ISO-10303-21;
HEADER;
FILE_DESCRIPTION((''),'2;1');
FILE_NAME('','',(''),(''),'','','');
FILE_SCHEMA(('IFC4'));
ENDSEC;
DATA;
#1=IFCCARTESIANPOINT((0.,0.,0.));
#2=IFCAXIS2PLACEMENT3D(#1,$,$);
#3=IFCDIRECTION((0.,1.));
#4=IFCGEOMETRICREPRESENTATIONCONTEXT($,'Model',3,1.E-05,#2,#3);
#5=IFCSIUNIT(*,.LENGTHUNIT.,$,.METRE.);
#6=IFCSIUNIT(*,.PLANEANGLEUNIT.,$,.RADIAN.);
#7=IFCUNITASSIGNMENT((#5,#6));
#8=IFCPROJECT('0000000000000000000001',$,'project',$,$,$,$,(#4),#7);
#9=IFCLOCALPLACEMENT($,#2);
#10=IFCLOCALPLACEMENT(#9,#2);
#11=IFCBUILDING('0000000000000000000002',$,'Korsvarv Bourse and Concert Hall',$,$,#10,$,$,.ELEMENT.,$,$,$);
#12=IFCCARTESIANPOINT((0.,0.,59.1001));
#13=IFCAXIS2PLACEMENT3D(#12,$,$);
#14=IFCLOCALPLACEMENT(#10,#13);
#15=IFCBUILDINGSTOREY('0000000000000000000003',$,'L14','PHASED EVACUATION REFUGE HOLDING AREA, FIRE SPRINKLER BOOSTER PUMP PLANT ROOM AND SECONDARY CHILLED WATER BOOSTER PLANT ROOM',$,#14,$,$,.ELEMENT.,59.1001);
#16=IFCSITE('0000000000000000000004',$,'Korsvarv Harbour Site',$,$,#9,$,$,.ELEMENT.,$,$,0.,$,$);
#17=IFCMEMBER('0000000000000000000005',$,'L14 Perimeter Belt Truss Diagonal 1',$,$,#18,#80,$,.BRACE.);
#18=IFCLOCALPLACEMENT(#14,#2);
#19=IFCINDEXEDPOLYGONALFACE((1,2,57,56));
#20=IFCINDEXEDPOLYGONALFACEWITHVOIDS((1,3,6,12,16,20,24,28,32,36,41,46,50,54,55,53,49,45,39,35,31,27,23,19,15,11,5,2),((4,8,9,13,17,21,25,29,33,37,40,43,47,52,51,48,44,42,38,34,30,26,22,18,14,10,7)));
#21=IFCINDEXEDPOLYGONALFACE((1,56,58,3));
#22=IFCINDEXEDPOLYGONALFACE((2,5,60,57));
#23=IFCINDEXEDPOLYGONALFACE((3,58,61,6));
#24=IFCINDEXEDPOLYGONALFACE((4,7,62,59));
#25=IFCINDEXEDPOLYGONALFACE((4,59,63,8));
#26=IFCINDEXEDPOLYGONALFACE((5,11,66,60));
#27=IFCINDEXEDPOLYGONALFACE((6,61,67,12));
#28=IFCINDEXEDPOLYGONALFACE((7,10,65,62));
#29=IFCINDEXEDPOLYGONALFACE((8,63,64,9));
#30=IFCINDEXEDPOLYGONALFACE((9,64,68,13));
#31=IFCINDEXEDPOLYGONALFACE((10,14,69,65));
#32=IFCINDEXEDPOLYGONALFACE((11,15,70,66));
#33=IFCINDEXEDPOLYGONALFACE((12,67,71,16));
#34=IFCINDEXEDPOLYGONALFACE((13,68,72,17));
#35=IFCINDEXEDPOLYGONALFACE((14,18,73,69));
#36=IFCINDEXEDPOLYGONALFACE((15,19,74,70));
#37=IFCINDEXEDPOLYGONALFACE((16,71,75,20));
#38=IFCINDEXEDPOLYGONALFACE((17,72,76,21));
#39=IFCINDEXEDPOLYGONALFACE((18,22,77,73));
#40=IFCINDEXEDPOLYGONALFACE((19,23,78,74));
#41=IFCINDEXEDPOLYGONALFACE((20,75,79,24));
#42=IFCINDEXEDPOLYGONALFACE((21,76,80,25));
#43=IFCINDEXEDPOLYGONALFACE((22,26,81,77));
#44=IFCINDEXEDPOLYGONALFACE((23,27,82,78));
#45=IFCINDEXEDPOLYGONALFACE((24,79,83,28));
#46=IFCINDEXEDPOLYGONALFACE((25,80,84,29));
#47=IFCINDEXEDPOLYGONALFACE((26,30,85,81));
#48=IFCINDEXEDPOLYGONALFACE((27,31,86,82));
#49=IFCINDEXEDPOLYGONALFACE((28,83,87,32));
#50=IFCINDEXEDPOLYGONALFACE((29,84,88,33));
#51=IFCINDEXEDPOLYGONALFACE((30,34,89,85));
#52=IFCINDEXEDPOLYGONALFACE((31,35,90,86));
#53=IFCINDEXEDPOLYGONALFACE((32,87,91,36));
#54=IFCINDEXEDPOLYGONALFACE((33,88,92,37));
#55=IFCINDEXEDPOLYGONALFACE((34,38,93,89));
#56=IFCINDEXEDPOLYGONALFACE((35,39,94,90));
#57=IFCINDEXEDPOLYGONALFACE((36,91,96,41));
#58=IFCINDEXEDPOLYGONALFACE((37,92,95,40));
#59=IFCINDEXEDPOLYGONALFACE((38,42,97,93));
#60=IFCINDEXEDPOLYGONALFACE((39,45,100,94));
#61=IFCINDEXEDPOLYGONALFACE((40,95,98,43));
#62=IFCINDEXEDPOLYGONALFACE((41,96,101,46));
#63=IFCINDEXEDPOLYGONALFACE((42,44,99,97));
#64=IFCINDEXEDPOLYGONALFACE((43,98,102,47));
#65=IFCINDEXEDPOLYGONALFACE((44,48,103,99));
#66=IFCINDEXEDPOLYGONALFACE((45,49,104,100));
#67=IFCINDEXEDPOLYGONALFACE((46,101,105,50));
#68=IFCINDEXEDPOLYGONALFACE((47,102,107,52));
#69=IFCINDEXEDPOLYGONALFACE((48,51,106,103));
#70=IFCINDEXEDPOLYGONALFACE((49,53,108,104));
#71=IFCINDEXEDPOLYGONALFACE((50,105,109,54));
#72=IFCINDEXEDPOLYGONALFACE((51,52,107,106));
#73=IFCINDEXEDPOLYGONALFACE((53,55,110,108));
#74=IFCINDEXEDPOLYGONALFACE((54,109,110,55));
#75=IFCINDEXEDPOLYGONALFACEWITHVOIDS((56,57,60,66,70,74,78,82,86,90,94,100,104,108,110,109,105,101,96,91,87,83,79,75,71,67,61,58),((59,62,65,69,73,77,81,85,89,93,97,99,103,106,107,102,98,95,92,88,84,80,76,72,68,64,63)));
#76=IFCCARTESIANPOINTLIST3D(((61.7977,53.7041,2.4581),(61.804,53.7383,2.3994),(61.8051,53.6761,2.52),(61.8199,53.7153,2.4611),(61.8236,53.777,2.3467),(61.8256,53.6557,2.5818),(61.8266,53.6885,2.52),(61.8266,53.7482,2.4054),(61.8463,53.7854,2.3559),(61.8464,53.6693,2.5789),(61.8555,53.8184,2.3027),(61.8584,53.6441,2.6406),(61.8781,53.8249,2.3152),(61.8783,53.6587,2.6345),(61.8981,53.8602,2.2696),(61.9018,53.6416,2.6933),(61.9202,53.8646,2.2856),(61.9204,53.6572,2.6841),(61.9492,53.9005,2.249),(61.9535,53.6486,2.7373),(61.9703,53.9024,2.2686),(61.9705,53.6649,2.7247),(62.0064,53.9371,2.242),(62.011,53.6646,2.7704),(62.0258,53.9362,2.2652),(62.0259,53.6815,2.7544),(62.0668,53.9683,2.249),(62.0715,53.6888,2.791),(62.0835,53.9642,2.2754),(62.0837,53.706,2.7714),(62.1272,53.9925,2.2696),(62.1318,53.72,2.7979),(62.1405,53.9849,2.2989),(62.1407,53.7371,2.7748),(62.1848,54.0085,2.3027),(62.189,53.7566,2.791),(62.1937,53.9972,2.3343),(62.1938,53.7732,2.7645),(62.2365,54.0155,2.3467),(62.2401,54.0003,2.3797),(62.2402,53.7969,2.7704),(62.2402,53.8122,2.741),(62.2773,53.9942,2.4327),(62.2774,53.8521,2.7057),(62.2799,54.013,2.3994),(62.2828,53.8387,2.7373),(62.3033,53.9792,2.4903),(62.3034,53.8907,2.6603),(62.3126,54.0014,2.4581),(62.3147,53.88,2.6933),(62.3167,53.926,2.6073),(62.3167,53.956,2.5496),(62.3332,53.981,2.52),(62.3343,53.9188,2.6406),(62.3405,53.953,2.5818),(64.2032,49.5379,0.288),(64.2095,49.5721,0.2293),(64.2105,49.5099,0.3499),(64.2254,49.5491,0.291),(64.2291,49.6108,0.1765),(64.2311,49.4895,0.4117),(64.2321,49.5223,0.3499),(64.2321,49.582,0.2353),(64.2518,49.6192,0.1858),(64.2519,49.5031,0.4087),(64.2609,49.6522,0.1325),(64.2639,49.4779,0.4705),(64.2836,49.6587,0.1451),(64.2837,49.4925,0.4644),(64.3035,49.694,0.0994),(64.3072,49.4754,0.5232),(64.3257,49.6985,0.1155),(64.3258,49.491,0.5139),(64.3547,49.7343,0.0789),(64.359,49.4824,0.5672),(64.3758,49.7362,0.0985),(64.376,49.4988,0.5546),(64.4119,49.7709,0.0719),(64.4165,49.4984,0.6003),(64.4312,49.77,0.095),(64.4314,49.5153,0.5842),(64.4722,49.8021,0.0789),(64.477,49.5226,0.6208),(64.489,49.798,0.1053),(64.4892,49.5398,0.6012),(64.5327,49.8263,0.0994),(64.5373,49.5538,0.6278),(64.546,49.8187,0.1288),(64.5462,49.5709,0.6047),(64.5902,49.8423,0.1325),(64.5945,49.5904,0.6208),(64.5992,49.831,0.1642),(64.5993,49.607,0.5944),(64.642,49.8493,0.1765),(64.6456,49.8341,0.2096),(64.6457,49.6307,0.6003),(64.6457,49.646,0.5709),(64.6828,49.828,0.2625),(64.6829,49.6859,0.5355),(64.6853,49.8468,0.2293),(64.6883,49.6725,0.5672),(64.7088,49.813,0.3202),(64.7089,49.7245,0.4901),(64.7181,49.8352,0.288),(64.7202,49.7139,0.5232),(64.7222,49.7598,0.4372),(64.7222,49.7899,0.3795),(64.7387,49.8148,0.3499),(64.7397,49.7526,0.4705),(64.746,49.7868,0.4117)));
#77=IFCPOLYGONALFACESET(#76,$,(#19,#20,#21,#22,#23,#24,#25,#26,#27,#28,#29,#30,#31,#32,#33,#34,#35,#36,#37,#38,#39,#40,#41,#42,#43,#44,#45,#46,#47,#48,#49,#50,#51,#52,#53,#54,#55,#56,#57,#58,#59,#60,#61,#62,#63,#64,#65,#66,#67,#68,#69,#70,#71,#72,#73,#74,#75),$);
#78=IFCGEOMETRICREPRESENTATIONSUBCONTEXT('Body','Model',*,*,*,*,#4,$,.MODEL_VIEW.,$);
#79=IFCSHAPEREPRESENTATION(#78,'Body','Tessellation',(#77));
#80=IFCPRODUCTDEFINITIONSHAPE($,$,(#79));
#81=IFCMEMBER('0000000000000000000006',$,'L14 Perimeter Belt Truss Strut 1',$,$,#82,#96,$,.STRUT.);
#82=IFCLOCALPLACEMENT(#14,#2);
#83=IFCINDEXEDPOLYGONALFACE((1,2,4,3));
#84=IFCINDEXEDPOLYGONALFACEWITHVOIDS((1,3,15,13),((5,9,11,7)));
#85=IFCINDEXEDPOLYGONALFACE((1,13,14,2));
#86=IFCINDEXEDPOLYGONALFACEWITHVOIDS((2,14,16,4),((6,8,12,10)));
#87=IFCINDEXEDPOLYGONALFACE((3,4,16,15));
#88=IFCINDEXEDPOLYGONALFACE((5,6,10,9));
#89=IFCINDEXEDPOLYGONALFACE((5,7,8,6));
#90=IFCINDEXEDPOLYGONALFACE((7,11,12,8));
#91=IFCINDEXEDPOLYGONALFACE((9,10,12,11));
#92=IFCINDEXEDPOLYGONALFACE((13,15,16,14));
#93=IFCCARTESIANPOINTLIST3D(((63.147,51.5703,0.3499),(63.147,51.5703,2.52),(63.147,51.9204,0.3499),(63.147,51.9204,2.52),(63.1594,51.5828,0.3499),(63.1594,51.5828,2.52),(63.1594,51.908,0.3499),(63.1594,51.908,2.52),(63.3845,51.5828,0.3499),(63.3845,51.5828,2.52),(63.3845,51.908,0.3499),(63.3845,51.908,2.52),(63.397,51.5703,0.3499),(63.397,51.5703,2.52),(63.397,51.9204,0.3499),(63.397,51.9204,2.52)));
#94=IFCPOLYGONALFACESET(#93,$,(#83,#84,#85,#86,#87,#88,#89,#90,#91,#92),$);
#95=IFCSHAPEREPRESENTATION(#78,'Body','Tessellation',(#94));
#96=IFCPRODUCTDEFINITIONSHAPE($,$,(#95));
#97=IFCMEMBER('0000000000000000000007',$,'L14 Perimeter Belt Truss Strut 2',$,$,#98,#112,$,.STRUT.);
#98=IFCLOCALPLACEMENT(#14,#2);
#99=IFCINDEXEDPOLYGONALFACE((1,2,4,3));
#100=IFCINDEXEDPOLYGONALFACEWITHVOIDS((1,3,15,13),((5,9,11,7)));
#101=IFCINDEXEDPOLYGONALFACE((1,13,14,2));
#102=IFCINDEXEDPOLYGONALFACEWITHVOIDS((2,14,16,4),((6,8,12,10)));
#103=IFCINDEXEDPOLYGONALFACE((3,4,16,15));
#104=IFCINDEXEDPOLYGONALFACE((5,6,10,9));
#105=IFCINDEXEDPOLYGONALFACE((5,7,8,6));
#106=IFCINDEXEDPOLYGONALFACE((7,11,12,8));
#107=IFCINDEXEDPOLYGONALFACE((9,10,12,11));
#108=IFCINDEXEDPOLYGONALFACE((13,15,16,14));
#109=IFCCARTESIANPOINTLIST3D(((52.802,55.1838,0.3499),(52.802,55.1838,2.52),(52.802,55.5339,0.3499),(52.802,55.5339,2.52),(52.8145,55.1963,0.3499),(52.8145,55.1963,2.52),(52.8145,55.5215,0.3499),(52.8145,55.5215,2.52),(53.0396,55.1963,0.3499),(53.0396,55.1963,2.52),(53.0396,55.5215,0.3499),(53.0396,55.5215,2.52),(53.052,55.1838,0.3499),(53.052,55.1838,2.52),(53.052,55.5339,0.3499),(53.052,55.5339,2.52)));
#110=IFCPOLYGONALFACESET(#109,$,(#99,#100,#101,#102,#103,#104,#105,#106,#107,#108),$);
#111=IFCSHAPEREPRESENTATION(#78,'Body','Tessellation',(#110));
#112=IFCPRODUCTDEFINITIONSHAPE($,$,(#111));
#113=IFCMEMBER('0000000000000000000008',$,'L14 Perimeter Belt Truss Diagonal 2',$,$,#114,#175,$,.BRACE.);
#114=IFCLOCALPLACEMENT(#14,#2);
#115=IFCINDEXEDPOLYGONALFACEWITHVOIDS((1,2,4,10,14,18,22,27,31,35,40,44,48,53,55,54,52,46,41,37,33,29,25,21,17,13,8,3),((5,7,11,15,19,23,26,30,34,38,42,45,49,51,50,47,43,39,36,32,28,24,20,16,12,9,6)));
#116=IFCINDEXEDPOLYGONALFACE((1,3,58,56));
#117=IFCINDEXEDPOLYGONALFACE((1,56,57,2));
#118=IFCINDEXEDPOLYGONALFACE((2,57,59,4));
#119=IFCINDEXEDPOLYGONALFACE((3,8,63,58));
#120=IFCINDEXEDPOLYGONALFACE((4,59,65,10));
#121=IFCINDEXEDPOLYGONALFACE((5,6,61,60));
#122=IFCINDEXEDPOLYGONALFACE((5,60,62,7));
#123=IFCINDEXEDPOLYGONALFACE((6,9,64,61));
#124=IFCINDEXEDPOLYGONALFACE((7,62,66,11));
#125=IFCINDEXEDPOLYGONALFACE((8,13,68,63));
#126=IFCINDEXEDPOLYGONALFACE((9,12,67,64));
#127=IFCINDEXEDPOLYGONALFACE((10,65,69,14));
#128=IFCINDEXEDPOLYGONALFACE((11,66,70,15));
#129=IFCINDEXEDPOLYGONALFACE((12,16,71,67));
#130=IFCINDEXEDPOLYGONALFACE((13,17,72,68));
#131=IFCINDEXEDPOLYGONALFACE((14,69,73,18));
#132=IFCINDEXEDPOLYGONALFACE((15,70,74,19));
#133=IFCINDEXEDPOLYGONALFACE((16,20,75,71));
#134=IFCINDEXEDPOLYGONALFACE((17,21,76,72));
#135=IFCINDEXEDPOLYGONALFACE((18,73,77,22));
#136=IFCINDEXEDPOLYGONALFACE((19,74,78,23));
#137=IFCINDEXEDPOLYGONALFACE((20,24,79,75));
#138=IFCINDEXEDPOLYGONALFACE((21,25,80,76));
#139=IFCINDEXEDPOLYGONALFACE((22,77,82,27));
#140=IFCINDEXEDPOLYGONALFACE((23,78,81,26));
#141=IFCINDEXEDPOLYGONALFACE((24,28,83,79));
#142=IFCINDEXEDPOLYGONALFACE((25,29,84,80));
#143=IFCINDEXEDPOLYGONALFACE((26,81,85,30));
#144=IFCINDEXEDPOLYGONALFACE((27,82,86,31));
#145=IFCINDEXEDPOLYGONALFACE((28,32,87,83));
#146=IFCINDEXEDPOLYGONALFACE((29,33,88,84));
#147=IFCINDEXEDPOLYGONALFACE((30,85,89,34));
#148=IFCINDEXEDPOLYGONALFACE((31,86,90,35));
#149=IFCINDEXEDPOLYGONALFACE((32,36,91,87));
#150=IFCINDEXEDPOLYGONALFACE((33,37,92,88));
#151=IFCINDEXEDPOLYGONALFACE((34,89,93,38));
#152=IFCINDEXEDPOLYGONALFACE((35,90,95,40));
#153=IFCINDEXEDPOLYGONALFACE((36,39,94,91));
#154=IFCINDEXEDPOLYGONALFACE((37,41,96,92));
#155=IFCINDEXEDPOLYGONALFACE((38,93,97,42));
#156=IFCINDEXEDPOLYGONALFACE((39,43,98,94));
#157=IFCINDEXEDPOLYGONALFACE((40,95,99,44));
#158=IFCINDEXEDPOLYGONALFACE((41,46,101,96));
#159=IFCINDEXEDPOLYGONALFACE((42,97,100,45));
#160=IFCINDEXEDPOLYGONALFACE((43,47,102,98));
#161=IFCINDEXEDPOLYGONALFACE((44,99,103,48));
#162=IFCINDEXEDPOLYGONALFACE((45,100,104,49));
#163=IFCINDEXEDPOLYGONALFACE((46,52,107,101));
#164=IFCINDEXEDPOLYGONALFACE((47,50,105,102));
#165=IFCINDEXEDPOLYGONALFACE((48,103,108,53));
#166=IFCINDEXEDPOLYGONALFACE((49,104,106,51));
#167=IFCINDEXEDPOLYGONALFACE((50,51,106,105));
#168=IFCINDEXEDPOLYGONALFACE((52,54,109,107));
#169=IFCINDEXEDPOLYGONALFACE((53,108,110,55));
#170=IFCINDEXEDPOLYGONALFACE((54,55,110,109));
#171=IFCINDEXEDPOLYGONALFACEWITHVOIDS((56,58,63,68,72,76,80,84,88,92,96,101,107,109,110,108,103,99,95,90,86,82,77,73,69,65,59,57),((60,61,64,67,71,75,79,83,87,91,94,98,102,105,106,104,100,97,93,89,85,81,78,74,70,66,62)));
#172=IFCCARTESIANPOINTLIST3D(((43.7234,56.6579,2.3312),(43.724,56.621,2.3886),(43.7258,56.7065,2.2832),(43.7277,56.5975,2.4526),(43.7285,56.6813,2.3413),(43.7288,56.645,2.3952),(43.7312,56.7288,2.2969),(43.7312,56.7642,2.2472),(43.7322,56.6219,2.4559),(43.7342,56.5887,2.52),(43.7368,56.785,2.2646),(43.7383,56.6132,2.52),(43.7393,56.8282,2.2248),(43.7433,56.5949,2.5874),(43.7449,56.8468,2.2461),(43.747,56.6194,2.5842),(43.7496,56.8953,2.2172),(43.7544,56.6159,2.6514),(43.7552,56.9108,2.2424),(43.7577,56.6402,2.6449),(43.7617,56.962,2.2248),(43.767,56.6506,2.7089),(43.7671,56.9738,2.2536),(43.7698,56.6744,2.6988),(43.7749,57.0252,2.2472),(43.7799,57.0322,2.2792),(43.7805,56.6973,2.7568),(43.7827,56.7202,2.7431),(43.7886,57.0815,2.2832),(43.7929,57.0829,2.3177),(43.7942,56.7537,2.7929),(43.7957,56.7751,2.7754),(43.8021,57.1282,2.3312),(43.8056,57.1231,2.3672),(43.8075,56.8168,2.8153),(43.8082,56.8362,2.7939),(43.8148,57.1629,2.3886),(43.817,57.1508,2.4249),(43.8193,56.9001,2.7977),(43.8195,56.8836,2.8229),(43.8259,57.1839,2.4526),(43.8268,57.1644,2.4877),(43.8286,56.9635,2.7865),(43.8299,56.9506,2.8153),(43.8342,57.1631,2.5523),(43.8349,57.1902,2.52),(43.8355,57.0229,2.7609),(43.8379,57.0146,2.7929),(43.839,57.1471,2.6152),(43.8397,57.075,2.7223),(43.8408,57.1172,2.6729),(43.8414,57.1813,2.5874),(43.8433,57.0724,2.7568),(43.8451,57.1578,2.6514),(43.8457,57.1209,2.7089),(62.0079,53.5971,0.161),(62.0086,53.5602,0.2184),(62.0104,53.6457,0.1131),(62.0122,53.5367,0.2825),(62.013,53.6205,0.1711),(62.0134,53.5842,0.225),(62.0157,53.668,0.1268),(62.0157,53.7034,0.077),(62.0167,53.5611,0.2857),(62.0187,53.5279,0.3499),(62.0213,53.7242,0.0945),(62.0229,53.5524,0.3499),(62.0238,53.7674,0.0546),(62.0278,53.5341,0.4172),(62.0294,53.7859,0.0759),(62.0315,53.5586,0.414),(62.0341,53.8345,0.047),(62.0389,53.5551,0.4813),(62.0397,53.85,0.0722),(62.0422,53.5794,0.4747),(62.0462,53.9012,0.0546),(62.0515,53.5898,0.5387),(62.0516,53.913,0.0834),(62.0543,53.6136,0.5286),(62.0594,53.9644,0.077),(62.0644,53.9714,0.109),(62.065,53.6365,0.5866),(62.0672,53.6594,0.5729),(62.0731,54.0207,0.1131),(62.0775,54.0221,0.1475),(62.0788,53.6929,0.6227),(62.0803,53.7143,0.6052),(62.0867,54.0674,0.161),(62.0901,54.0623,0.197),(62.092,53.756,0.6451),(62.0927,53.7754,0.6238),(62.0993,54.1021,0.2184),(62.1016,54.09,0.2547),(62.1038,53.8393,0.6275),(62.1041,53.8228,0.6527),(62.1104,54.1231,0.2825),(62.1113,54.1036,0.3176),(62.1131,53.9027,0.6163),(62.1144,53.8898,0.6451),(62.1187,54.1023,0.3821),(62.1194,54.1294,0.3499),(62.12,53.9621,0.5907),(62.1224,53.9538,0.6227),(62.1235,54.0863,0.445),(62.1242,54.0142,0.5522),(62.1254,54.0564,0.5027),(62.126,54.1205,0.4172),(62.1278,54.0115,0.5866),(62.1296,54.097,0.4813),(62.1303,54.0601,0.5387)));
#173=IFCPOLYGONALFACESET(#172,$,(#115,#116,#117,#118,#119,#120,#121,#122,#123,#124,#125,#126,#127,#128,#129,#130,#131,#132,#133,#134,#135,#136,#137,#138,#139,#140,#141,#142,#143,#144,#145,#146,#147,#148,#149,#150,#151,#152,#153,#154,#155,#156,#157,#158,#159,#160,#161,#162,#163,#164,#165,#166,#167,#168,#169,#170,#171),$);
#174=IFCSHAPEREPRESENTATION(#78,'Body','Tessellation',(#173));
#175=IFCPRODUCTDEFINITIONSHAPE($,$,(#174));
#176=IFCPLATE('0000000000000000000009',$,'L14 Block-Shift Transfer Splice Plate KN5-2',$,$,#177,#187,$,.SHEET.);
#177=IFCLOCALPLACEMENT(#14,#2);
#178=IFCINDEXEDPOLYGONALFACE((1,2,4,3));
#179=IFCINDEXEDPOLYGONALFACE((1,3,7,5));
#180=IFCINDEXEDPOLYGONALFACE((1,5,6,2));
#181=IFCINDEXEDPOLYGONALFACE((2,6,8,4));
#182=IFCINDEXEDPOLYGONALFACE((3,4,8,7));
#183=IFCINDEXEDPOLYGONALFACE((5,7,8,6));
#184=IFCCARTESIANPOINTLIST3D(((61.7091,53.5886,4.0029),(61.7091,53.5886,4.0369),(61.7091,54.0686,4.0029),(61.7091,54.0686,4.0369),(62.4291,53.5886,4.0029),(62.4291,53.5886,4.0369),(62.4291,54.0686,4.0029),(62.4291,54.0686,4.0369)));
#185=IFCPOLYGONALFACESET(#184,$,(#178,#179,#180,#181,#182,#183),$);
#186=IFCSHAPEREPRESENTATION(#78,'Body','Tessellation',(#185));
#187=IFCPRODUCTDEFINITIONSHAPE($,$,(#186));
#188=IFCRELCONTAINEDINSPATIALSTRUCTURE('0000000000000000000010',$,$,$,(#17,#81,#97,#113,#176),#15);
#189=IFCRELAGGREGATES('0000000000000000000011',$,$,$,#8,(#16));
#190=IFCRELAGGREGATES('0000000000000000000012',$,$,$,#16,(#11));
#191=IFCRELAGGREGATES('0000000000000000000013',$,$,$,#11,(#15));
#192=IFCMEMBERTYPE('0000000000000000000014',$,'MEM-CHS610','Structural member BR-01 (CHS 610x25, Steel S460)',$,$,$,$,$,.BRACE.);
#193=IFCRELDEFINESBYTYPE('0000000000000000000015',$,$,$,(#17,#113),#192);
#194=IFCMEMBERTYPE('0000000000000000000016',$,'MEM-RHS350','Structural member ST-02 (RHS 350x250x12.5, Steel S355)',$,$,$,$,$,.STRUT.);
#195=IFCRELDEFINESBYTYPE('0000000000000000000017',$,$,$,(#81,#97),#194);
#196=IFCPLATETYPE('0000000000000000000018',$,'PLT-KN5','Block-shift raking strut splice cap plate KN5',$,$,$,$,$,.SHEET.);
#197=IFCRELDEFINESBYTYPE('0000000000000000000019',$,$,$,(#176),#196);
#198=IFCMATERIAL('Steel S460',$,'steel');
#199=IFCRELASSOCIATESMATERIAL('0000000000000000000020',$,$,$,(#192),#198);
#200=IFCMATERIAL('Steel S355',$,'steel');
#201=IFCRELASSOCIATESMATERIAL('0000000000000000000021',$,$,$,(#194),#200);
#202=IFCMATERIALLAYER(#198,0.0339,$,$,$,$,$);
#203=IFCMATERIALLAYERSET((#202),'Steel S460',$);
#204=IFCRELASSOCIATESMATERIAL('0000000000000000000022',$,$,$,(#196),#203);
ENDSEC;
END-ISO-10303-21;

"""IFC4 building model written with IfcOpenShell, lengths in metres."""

from ifc_helpers import new_model, si_unit, direction, frame, origin, origin_2d, place, context, subcontext, project, spatial, rectangle, hollow_rectangle, hollow_circle, extrude, source, transform, mapped, material, layer, layer_set, material_profile, profile_set, type_object, element, save


model = new_model("IFC4")

# Units and contexts
model_context = context("Model", 3, precision=1e-05, world=origin(), true_north=direction((0.0, 1.0)))
body_context = subcontext(model_context, "Body", "Model", "MODEL_VIEW")
ifc_project = project(units=[si_unit("LENGTHUNIT", "METRE"), si_unit("PLANEANGLEUNIT", "RADIAN")], contexts=[model_context])

# Site, building, storey
site_placement = place(None, origin())
site = spatial("IfcSite", under=ifc_project, at=site_placement, Name="Korsvarv Harbour Site", CompositionType="ELEMENT", RefElevation=0.0)
building_placement = place(site_placement, origin())
building = spatial("IfcBuilding", under=site, at=building_placement, Name="Korsvarv Bourse and Concert Hall", CompositionType="ELEMENT")
storey_placement = place(building_placement, frame((0.0, 0.0, 59.1001)))
storey = spatial("IfcBuildingStorey", under=building, at=storey_placement, Name="L14", Description="PHASED EVACUATION REFUGE HOLDING AREA, FIRE SPRINKLER BOOSTER PUMP PLANT ROOM AND SECONDARY CHILLED WATER BOOSTER PLANT ROOM", CompositionType="ELEMENT", Elevation=59.1001)

# Shared definitions
ifc_material_1 = material(Name="Steel S460", Category="steel")

# Members
ifc_material_profile_1 = material_profile(ifc_material_1, hollow_circle(Radius=0.3049, WallThickness=0.0249, at=origin_2d()), Name="CHS 610x25")
ifc_profile_set_1 = profile_set([ifc_material_profile_1], Name="Steel S460")
member_type_1 = type_object("IfcMemberType", Name="MEM-CHS610", Description="Structural member BR-01 (CHS 610x25, Steel S460)", PredefinedType="BRACE", material=ifc_profile_set_1)
shared_shape_1 = source(origin(), body_context, "Body", "SweptSolid", [
    extrude(hollow_circle(Radius=0.3049, WallThickness=0.0249, at=origin_2d()), origin(), (0.0, 0.0, 1.0), 5.2776),
])
member_1_placement = place(storey_placement, frame((64.4746, 49.6624, 0.3499), z_axis=(-0.455791, 0.789412, 0.411197), x_axis=(-0.866014, -0.50002, 0.0)))
element("IfcMember", 1, at=member_1_placement, inside=storey, type_object=member_type_1, Name="L14 Perimeter Belt Truss Diagonal 1", PredefinedType="BRACE", context=body_context, shape_type="MappedRepresentation", body=[
    mapped(shared_shape_1, transform((0.0, 0.0, 0.0), scale=1.0)),
])
ifc_material_2 = material(Name="Steel S355", Category="steel")
ifc_material_profile_2 = material_profile(ifc_material_2, hollow_rectangle(XDim=0.25, YDim=0.3501, WallThickness=0.0125, at=origin_2d()), Name="RHS 350x250x12.5")
ifc_profile_set_2 = profile_set([ifc_material_profile_2], Name="Steel S355")
member_type_2 = type_object("IfcMemberType", Name="MEM-RHS350", Description="Structural member ST-02 (RHS 350x250x12.5, Steel S355)", PredefinedType="STRUT", material=ifc_profile_set_2)
shared_shape_2 = source(origin(), body_context, "Body", "SweptSolid", [
    extrude(hollow_rectangle(XDim=0.25, YDim=0.3501, WallThickness=0.0125, at=origin_2d()), origin(), (0.0, 0.0, 1.0), 2.1702),
])
for number, where, z_axis, x_axis, name in (
    (2, (63.272, 51.7454, 0.3499), (0.0, 0.0, 1.0), (1.0, 0.0, 0.0), "L14 Perimeter Belt Truss Strut 1"),
    (3, (52.927, 55.3589, 0.3499), (0.0, 0.0, 1.0), (1.0, 0.0, 0.0), "L14 Perimeter Belt Truss Strut 2"),
):
    element("IfcMember", number, at=place(storey_placement, frame(where, z_axis=z_axis, x_axis=x_axis)), inside=storey, type_object=member_type_2, Name=name, PredefinedType="STRUT", context=body_context, shape_type="MappedRepresentation", body=[
        mapped(shared_shape_2, transform((0.0, 0.0, 0.0), scale=1.0)),
    ])
shared_shape_3 = source(origin(), body_context, "Body", "SweptSolid", [
    extrude(hollow_circle(Radius=0.3049, WallThickness=0.0249, at=origin_2d()), origin(), (0.0, 0.0, 1.0), 18.6655),
])
member_2_placement = place(storey_placement, frame((62.0691, 53.8286, 0.3499), z_axis=(-0.979588, 0.163982, 0.116267), x_axis=(-0.165102, -0.986277, 0.0)))
element("IfcMember", 4, at=member_2_placement, inside=storey, type_object=member_type_1, Name="L14 Perimeter Belt Truss Diagonal 2", PredefinedType="BRACE", context=body_context, shape_type="MappedRepresentation", body=[
    mapped(shared_shape_3, transform((0.0, 0.0, 0.0), scale=1.0)),
])

# Plate
ifc_layer_1 = layer(ifc_material_1, 0.0339)
ifc_layer_set_1 = layer_set([ifc_layer_1], Name="Steel S460")
plate_type_1 = type_object("IfcPlateType", Name="PLT-KN5", Description="Block-shift raking strut splice cap plate KN5", PredefinedType="SHEET", material=ifc_layer_set_1)
shared_shape_4 = source(origin(), body_context, "Body", "SweptSolid", [
    extrude(rectangle(XDim=0.72, YDim=0.48, at=origin_2d()), origin(), (0.0, 0.0, 1.0), 0.0339),
])
plate_1_placement = place(storey_placement, frame((62.0691, 53.8286, 4.0029), z_axis=(0.0, 0.0, 1.0), x_axis=(1.0, 0.0, 0.0)))
element("IfcPlate", 5, at=plate_1_placement, inside=storey, type_object=plate_type_1, Name="L14 Block-Shift Transfer Splice Plate KN5-2", PredefinedType="SHEET", context=body_context, shape_type="MappedRepresentation", body=[
    mapped(shared_shape_4, transform((0.0, 0.0, 0.0), scale=1.0)),
])

save(model, "model.ifc")
